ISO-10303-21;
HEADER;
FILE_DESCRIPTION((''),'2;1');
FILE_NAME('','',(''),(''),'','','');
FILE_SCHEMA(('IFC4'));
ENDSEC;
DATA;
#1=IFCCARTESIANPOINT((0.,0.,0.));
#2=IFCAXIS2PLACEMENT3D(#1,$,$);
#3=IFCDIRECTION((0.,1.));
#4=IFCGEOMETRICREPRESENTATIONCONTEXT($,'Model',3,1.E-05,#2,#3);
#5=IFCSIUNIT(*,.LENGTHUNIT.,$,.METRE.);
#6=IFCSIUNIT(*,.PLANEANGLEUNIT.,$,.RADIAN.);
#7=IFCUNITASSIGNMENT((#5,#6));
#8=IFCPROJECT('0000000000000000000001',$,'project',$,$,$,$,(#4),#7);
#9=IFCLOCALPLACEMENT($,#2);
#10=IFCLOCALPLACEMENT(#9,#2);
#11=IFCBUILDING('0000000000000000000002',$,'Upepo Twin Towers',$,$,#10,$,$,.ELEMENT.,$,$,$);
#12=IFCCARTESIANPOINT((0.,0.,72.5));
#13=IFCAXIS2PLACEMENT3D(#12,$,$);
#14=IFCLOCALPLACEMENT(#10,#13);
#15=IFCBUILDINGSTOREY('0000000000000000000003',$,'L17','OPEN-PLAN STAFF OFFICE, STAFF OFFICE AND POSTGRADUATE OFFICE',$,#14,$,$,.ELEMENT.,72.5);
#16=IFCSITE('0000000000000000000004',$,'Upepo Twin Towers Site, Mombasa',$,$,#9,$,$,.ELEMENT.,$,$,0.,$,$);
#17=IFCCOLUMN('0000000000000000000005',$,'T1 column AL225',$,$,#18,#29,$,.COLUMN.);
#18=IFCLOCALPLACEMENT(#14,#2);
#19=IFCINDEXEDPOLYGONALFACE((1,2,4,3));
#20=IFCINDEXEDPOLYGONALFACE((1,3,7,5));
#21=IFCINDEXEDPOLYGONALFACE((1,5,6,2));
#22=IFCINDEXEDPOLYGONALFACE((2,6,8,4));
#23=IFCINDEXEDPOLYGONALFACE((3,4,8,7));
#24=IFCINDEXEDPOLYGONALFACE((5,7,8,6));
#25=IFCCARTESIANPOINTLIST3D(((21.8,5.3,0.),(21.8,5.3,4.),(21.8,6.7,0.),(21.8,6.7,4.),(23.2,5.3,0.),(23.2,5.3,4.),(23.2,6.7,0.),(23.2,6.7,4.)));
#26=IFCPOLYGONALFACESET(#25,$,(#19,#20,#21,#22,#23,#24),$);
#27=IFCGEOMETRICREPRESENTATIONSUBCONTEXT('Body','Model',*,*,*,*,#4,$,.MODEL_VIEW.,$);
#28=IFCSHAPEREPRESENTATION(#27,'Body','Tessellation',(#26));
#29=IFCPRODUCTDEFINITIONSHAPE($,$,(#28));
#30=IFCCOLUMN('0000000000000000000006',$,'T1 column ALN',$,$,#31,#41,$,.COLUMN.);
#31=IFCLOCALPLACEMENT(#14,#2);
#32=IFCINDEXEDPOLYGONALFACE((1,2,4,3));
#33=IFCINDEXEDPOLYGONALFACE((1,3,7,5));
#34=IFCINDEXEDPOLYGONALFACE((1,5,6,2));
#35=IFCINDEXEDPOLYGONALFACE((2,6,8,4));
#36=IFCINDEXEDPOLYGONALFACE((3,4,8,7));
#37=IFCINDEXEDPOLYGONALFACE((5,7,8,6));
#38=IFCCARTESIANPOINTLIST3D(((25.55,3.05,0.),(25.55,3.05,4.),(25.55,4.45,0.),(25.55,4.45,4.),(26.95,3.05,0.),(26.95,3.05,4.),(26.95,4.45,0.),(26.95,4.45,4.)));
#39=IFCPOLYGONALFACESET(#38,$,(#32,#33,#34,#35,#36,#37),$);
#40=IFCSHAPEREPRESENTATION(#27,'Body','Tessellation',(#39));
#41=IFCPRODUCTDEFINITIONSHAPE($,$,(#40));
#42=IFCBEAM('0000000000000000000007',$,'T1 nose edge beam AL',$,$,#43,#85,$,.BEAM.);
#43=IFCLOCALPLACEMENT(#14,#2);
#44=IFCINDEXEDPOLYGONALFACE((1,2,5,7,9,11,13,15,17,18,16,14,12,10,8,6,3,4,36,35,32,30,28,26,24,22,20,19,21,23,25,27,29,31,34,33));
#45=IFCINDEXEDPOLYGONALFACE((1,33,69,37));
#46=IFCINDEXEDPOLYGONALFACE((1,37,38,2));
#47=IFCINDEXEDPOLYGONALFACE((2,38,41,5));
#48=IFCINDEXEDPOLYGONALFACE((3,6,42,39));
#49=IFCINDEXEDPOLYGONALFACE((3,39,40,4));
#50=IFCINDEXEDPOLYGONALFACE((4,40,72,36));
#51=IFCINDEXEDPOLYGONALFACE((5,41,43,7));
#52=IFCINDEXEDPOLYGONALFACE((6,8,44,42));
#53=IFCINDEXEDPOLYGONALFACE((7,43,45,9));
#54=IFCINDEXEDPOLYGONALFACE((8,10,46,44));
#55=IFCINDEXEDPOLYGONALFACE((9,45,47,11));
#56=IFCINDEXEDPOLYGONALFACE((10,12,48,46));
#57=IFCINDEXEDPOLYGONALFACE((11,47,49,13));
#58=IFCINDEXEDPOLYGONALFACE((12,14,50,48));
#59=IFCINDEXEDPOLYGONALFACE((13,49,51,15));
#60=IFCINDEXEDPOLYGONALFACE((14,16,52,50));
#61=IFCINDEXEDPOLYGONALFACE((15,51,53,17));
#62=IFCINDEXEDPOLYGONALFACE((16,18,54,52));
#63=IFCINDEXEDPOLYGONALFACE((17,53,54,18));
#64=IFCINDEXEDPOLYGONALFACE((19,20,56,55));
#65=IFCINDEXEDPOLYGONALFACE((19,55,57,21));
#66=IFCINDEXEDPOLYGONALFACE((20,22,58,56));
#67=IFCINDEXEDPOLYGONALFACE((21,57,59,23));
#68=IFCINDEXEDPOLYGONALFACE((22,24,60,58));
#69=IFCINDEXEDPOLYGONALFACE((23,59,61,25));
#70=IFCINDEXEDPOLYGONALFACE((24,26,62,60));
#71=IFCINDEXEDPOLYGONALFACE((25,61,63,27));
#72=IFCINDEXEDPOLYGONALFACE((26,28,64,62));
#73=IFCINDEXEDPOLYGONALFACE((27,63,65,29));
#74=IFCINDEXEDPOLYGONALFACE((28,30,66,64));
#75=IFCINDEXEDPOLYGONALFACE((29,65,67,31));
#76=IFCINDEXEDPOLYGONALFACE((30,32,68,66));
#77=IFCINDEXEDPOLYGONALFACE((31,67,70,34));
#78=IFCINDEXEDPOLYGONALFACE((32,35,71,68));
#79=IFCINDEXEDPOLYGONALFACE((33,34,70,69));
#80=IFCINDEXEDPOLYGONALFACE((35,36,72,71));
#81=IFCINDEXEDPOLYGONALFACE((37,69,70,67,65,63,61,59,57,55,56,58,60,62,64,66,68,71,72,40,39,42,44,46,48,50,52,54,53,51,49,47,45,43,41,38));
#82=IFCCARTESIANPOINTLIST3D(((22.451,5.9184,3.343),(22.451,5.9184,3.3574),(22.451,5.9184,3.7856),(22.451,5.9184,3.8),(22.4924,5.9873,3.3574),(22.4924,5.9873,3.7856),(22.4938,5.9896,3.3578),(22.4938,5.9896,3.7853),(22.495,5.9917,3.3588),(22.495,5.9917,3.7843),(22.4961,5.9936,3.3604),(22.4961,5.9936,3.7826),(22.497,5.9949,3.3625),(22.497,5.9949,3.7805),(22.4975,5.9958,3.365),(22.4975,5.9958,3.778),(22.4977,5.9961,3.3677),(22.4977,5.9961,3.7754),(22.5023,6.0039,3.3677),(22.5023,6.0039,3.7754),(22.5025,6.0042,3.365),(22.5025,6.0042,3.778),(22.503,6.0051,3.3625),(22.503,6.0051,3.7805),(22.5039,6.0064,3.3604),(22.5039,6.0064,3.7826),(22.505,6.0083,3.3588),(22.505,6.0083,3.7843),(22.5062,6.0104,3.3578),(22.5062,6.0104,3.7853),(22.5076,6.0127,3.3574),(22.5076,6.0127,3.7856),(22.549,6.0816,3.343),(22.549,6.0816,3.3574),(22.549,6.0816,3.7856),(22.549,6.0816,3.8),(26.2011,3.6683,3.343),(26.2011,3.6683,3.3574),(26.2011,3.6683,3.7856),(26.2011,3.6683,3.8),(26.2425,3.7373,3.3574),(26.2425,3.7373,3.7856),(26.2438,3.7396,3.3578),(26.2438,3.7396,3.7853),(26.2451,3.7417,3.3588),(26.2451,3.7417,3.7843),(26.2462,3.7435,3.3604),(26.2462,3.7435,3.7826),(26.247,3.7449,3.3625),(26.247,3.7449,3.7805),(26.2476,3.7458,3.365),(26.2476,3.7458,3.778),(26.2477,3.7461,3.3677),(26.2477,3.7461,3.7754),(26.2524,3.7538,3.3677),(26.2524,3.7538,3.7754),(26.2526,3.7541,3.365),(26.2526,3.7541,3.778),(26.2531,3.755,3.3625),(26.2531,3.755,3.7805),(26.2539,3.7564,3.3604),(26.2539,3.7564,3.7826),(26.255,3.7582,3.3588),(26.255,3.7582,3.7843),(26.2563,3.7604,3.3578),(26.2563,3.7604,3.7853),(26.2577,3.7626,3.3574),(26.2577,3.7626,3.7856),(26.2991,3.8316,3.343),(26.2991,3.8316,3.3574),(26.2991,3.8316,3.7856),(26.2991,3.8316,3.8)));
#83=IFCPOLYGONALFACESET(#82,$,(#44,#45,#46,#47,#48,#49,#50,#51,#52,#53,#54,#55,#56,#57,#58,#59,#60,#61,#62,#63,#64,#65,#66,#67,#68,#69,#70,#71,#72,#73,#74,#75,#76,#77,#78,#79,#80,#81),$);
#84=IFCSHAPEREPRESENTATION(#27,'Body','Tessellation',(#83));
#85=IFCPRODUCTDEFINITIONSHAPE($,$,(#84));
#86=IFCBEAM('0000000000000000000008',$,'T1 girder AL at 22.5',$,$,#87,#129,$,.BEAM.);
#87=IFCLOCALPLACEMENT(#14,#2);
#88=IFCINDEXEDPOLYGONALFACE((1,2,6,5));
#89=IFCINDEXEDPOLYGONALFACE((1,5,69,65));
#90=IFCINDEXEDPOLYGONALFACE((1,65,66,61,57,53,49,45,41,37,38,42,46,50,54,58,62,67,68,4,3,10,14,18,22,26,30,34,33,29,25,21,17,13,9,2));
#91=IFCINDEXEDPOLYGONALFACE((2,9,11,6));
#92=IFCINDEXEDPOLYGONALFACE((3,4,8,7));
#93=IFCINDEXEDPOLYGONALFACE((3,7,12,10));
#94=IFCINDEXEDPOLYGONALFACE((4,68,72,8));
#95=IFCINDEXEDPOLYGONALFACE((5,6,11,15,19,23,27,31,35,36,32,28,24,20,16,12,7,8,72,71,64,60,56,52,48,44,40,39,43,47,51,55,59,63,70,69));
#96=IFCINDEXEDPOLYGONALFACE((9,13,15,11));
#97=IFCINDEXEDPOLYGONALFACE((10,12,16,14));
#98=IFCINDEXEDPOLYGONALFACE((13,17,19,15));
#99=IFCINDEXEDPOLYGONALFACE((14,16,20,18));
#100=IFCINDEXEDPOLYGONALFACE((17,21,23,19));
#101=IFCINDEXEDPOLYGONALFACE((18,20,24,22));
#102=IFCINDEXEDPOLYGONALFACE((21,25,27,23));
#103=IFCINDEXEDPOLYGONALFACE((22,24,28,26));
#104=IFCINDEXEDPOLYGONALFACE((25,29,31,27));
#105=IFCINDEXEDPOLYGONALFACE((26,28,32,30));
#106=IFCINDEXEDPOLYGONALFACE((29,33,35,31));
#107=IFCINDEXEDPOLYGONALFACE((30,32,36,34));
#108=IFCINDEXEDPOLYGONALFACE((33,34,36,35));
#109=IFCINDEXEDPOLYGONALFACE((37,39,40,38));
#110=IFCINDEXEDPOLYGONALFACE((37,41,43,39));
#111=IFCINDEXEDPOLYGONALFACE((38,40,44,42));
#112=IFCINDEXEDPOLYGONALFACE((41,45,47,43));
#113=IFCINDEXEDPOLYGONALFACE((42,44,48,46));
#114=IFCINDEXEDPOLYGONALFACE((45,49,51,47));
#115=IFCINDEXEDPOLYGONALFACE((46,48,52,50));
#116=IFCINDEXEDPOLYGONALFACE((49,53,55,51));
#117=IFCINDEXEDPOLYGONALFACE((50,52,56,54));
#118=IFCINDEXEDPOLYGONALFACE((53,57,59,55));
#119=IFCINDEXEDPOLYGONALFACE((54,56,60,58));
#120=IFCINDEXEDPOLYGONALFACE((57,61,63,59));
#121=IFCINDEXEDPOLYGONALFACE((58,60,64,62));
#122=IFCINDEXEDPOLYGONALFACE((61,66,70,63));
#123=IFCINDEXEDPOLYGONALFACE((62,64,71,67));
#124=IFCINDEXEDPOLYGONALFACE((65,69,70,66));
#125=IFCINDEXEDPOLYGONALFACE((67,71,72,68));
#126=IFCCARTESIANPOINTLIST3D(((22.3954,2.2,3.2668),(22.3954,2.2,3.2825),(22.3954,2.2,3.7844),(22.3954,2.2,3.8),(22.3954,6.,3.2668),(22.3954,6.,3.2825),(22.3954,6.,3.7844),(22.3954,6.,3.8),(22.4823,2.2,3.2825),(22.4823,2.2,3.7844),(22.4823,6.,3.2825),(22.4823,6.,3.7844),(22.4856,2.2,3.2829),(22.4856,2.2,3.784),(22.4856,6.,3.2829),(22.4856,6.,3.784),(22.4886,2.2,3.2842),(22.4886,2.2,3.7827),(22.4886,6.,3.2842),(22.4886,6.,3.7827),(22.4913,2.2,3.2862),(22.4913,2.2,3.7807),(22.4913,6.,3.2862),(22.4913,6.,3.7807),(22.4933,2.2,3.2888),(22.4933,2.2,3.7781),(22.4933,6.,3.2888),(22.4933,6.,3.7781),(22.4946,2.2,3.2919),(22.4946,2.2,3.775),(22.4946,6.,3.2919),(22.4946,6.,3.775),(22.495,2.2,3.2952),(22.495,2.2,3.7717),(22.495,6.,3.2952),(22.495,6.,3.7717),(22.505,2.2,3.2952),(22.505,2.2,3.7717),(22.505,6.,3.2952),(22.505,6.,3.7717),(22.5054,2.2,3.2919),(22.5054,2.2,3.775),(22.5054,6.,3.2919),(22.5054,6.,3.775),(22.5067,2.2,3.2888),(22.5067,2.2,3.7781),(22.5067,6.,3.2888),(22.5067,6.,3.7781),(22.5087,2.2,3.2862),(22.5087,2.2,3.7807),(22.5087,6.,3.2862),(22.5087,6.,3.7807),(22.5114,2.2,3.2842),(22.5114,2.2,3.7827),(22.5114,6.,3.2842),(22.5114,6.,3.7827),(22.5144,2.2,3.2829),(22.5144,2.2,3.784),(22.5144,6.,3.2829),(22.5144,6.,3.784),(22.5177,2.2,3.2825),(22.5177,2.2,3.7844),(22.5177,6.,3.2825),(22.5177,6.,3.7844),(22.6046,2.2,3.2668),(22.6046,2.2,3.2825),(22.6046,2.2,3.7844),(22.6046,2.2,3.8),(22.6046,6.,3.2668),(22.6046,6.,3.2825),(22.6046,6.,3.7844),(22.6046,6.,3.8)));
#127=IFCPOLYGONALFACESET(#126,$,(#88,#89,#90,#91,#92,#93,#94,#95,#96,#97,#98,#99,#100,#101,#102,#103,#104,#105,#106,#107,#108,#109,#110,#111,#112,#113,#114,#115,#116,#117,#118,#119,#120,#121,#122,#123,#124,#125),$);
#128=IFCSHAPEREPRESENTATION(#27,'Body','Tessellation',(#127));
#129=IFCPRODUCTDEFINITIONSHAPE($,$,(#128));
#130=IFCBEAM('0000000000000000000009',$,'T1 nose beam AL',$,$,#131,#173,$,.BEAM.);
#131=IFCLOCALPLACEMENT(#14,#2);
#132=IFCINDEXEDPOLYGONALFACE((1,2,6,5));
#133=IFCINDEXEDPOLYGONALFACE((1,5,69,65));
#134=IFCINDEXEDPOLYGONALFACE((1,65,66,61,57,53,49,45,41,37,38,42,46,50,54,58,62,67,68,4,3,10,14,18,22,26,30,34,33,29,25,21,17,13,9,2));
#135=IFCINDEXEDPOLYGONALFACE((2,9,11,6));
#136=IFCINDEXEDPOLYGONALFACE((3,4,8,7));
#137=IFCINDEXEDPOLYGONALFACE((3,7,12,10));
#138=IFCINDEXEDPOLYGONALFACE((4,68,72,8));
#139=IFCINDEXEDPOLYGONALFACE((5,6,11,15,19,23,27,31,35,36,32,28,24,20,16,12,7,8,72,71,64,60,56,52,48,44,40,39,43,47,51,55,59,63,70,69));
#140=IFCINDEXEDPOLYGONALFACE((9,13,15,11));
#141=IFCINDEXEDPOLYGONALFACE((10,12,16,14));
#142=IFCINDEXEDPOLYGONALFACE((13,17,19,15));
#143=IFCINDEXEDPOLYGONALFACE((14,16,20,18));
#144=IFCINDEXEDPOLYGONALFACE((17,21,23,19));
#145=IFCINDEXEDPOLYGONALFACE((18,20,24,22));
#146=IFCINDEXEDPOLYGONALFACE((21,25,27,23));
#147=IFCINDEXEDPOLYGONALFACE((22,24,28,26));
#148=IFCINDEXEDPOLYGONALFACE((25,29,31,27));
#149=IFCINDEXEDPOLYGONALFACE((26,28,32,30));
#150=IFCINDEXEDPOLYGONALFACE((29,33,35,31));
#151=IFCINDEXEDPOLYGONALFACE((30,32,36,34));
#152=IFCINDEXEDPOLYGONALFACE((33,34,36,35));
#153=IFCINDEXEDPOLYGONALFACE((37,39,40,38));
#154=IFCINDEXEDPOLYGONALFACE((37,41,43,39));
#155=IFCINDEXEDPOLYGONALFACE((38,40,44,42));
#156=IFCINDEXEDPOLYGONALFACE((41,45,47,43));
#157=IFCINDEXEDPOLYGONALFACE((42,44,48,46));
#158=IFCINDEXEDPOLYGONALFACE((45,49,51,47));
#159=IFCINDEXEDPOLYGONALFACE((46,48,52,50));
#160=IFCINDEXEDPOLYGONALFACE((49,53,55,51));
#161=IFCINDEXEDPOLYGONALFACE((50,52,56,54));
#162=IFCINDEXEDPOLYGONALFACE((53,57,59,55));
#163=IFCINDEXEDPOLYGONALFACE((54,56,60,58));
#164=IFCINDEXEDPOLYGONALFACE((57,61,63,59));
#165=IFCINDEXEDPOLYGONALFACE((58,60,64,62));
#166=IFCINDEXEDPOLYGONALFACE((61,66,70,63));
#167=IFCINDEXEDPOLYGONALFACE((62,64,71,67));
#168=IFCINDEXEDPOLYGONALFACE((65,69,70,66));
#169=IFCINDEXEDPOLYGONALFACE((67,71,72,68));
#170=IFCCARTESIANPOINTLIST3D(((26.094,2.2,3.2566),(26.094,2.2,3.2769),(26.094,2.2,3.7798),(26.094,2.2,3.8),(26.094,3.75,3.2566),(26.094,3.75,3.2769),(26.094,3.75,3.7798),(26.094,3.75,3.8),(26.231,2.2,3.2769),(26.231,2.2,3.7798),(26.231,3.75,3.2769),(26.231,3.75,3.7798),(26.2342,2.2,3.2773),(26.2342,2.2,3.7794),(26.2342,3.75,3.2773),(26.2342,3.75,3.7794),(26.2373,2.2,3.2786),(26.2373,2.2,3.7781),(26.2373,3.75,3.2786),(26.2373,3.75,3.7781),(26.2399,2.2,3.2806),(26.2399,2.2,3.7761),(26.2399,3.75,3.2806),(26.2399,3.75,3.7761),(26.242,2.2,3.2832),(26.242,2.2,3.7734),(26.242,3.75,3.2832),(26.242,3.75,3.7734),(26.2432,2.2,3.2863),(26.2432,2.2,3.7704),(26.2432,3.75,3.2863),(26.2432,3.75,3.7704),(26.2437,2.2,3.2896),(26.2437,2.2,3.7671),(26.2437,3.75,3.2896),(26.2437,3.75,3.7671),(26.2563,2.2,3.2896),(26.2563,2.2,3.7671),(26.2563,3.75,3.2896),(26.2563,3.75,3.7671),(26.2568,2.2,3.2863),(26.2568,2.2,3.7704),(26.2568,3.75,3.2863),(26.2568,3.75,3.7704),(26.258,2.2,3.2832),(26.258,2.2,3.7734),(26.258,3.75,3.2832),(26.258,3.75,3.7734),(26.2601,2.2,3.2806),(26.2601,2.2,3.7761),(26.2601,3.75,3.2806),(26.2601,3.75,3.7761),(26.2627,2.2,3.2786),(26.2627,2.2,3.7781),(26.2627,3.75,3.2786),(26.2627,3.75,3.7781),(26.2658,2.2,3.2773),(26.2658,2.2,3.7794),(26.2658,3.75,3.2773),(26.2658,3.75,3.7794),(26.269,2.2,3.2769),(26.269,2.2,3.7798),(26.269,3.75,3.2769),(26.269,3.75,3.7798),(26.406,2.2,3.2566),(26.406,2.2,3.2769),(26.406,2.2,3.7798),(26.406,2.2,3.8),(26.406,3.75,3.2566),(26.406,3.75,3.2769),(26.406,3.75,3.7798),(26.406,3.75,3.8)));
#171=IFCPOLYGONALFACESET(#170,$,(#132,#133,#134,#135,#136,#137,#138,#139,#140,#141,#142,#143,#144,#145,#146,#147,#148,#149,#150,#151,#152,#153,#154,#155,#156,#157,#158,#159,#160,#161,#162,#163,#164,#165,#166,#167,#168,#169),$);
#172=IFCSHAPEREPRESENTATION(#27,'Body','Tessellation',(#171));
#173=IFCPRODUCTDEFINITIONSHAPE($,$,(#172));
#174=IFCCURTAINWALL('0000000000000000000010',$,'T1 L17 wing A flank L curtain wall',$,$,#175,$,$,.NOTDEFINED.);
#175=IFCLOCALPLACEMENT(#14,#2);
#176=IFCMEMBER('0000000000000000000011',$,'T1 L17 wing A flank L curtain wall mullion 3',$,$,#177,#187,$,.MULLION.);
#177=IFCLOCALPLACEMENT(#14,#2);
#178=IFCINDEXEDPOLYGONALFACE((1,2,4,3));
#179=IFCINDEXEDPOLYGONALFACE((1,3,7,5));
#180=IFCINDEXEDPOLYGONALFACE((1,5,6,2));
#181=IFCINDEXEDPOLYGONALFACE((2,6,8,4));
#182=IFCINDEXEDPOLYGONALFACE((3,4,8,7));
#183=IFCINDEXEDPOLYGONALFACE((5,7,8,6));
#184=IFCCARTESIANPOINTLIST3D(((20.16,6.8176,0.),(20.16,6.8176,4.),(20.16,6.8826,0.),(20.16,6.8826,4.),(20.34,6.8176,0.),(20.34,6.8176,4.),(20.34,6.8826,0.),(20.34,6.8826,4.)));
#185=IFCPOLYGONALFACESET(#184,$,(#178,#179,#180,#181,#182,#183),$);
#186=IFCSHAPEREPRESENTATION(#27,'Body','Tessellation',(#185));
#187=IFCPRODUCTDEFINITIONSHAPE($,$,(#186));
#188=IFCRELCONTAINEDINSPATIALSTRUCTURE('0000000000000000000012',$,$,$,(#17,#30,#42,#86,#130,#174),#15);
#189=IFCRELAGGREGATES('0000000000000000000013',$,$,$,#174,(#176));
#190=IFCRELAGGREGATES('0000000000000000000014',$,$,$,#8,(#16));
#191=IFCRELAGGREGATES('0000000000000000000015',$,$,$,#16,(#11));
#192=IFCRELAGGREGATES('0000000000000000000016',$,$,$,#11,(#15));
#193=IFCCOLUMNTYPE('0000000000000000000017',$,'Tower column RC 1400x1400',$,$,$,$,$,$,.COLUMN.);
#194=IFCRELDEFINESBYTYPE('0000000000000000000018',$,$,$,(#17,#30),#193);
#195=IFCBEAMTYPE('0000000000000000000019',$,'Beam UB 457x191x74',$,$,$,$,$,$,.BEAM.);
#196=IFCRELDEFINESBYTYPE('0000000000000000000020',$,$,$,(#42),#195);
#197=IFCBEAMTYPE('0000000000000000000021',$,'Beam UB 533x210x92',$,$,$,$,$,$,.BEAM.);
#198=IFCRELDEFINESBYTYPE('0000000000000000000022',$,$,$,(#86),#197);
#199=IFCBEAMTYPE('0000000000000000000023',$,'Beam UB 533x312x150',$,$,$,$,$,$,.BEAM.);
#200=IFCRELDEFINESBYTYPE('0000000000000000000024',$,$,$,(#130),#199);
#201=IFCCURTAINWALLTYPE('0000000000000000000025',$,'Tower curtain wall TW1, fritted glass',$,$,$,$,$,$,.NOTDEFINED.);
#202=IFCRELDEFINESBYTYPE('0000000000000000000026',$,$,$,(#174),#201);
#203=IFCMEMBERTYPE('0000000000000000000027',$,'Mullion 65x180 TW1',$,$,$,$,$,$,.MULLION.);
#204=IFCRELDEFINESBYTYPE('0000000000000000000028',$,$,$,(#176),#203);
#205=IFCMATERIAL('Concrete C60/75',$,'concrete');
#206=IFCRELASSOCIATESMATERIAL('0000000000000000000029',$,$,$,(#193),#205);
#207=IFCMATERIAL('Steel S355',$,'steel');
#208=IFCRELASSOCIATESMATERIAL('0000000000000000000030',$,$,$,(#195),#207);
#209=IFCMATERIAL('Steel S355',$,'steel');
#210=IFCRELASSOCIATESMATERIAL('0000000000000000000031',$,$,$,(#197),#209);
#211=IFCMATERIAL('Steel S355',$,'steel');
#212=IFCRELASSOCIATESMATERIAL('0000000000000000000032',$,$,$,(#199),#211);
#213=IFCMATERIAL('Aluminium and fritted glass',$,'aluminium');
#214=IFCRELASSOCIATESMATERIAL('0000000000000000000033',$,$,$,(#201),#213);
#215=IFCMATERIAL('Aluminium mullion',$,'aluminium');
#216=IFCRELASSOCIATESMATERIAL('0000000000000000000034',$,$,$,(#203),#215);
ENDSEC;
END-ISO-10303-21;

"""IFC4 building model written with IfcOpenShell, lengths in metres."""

from ifc_helpers import new_model, si_unit, direction, frame, origin, origin_2d, place, context, subcontext, project, spatial, rectangle, i_section, extrude, material, material_profile, profile_set, type_object, element, aggregate, save


model = new_model("IFC4")

# Units and contexts
model_context = context("Model", 3, precision=1e-05, world=origin(), true_north=direction((0.0, 1.0)))
body_context = subcontext(model_context, "Body", "Model", "MODEL_VIEW")
ifc_project = project(units=[si_unit("LENGTHUNIT", "METRE"), si_unit("PLANEANGLEUNIT", "RADIAN")], contexts=[model_context])

# Site, building, storey
site_placement = place(None, origin())
site = spatial("IfcSite", under=ifc_project, at=site_placement, Name="Upepo Twin Towers Site, Mombasa", CompositionType="ELEMENT", RefElevation=0.0)
building_placement = place(site_placement, origin())
building = spatial("IfcBuilding", under=site, at=building_placement, Name="Upepo Twin Towers", CompositionType="ELEMENT")
storey_placement = place(building_placement, frame((0.0, 0.0, 72.5)))
storey = spatial("IfcBuildingStorey", under=building, at=storey_placement, Name="L17", Description="OPEN-PLAN STAFF OFFICE, STAFF OFFICE AND POSTGRADUATE OFFICE", CompositionType="ELEMENT", Elevation=72.5)

# Columns
ifc_material_1 = material(Name="Concrete C60/75", Category="concrete")
ifc_material_profile_1 = material_profile(ifc_material_1, rectangle(XDim=1.3999, YDim=1.3999, at=origin_2d()), Name="RC 1400x1400")
ifc_profile_set_1 = profile_set([ifc_material_profile_1], Name="Concrete C60/75")
column_type = type_object("IfcColumnType", Name="Tower column RC 1400x1400", PredefinedType="COLUMN", material=ifc_profile_set_1)
for number, where, z_axis, x_axis, name in (
    (1, (22.5, 6.0, 0.0), (0.0, 0.0, 1.0), (1.0, 0.0, 0.0), "T1 column AL225"),
    (2, (26.25, 3.75, 0.0), (0.0, 0.0, 1.0), (1.0, 0.0, 0.0), "T1 column ALN"),
):
    element("IfcColumn", number, at=place(storey_placement, frame(where, z_axis=z_axis, x_axis=x_axis)), inside=storey, type_object=column_type, Name=name, PredefinedType="COLUMN", context=body_context, shape_type="SweptSolid", body=[
        extrude(rectangle(XDim=1.3999, YDim=1.3999, at=origin_2d()), origin(), (0.0, 0.0, 1.0), 4.0),
    ])

# Beams
ifc_material_2 = material(Name="Steel S355", Category="steel")
ifc_material_profile_2 = material_profile(ifc_material_2, i_section(OverallWidth=0.1904, OverallDepth=0.457, WebThickness=0.009, FlangeThickness=0.0144, FilletRadius=0.0103, at=origin_2d()), Name="UB 457x191x74")
ifc_profile_set_2 = profile_set([ifc_material_profile_2], Name="Steel S355")
beam_type_1 = type_object("IfcBeamType", Name="Beam UB 457x191x74", PredefinedType="BEAM", material=ifc_profile_set_2)
beam_1_placement = place(storey_placement, frame((22.5, 6.0, 3.5715), z_axis=(0.857493, -0.514496, 0.0), x_axis=(0.514496, 0.857493, 0.0)))
element("IfcBeam", 3, at=beam_1_placement, inside=storey, type_object=beam_type_1, Name="T1 nose edge beam AL", PredefinedType="BEAM", context=body_context, shape_type="SweptSolid", body=[
    extrude(i_section(OverallWidth=0.1904, OverallDepth=0.457, WebThickness=0.009, FlangeThickness=0.0144, FilletRadius=0.0103, at=origin_2d()), origin(), (0.0, 0.0, 1.0), 4.3733),
])
ifc_material_3 = material(Name="Steel S355", Category="steel")
ifc_material_profile_3 = material_profile(ifc_material_3, i_section(OverallWidth=0.2092, OverallDepth=0.5332, WebThickness=0.01, FlangeThickness=0.0156, FilletRadius=0.0127, at=origin_2d()), Name="UB 533x210x92")
ifc_profile_set_3 = profile_set([ifc_material_profile_3], Name="Steel S355")
beam_type_2 = type_object("IfcBeamType", Name="Beam UB 533x210x92", PredefinedType="BEAM", material=ifc_profile_set_3)
beam_2_placement = place(storey_placement, frame((22.5, 6.0, 3.5334), z_axis=(0.0, -1.0, 0.0), x_axis=(1.0, 0.0, 0.0)))
element("IfcBeam", 4, at=beam_2_placement, inside=storey, type_object=beam_type_2, Name="T1 girder AL at 22.5", PredefinedType="BEAM", context=body_context, shape_type="SweptSolid", body=[
    extrude(i_section(OverallWidth=0.2092, OverallDepth=0.5332, WebThickness=0.01, FlangeThickness=0.0156, FilletRadius=0.0127, at=origin_2d()), origin(), (0.0, 0.0, 1.0), 3.8),
])
ifc_material_4 = material(Name="Steel S355", Category="steel")
ifc_material_profile_4 = material_profile(ifc_material_4, i_section(OverallWidth=0.312, OverallDepth=0.5435, WebThickness=0.0127, FlangeThickness=0.0203, FilletRadius=0.0127, at=origin_2d()), Name="UB 533x312x150")
ifc_profile_set_4 = profile_set([ifc_material_profile_4], Name="Steel S355")
beam_type_3 = type_object("IfcBeamType", Name="Beam UB 533x312x150", PredefinedType="BEAM", material=ifc_profile_set_4)
beam_3_placement = place(storey_placement, frame((26.25, 3.75, 3.5283), z_axis=(0.0, -1.0, 0.0), x_axis=(1.0, 0.0, 0.0)))
element("IfcBeam", 5, at=beam_3_placement, inside=storey, type_object=beam_type_3, Name="T1 nose beam AL", PredefinedType="BEAM", context=body_context, shape_type="SweptSolid", body=[
    extrude(i_section(OverallWidth=0.312, OverallDepth=0.5435, WebThickness=0.0127, FlangeThickness=0.0203, FilletRadius=0.0127, at=origin_2d()), origin(), (0.0, 0.0, 1.0), 1.55),
])

# Curtain wall, member
ifc_material_5 = material(Name="Aluminium and fritted glass", Category="aluminium")
curtain_wall_type = type_object("IfcCurtainWallType", Name="Tower curtain wall TW1, fritted glass", PredefinedType="NOTDEFINED", material=ifc_material_5)
curtain_wall_1_placement = place(storey_placement, origin())
curtain_wall_1 = element("IfcCurtainWall", 6, at=curtain_wall_1_placement, inside=storey, type_object=curtain_wall_type, Name="T1 L17 wing A flank L curtain wall", PredefinedType="NOTDEFINED")
ifc_material_6 = material(Name="Aluminium mullion", Category="aluminium")
ifc_material_profile_5 = material_profile(ifc_material_6, rectangle(XDim=0.0649, YDim=0.1799, at=origin_2d()), Name="MULLION 65x180")
ifc_profile_set_5 = profile_set([ifc_material_profile_5], Name="Aluminium mullion")
member_type_1 = type_object("IfcMemberType", Name="Mullion 65x180 TW1", PredefinedType="MULLION", material=ifc_profile_set_5)
member_1_placement = place(storey_placement, frame((20.25, 6.8501, 0.0), z_axis=(0.0, 0.0, 1.0), x_axis=(0.0, 1.0, 0.0)))
member_1 = element("IfcMember", 7, at=member_1_placement, type_object=member_type_1, Name="T1 L17 wing A flank L curtain wall mullion 3", PredefinedType="MULLION", context=body_context, shape_type="SweptSolid", body=[
    extrude(rectangle(XDim=0.0649, YDim=0.1799, at=origin_2d()), origin(), (0.0, 0.0, 1.0), 4.0),
])

aggregate(curtain_wall_1, [member_1])

save(model, "model.ifc")
